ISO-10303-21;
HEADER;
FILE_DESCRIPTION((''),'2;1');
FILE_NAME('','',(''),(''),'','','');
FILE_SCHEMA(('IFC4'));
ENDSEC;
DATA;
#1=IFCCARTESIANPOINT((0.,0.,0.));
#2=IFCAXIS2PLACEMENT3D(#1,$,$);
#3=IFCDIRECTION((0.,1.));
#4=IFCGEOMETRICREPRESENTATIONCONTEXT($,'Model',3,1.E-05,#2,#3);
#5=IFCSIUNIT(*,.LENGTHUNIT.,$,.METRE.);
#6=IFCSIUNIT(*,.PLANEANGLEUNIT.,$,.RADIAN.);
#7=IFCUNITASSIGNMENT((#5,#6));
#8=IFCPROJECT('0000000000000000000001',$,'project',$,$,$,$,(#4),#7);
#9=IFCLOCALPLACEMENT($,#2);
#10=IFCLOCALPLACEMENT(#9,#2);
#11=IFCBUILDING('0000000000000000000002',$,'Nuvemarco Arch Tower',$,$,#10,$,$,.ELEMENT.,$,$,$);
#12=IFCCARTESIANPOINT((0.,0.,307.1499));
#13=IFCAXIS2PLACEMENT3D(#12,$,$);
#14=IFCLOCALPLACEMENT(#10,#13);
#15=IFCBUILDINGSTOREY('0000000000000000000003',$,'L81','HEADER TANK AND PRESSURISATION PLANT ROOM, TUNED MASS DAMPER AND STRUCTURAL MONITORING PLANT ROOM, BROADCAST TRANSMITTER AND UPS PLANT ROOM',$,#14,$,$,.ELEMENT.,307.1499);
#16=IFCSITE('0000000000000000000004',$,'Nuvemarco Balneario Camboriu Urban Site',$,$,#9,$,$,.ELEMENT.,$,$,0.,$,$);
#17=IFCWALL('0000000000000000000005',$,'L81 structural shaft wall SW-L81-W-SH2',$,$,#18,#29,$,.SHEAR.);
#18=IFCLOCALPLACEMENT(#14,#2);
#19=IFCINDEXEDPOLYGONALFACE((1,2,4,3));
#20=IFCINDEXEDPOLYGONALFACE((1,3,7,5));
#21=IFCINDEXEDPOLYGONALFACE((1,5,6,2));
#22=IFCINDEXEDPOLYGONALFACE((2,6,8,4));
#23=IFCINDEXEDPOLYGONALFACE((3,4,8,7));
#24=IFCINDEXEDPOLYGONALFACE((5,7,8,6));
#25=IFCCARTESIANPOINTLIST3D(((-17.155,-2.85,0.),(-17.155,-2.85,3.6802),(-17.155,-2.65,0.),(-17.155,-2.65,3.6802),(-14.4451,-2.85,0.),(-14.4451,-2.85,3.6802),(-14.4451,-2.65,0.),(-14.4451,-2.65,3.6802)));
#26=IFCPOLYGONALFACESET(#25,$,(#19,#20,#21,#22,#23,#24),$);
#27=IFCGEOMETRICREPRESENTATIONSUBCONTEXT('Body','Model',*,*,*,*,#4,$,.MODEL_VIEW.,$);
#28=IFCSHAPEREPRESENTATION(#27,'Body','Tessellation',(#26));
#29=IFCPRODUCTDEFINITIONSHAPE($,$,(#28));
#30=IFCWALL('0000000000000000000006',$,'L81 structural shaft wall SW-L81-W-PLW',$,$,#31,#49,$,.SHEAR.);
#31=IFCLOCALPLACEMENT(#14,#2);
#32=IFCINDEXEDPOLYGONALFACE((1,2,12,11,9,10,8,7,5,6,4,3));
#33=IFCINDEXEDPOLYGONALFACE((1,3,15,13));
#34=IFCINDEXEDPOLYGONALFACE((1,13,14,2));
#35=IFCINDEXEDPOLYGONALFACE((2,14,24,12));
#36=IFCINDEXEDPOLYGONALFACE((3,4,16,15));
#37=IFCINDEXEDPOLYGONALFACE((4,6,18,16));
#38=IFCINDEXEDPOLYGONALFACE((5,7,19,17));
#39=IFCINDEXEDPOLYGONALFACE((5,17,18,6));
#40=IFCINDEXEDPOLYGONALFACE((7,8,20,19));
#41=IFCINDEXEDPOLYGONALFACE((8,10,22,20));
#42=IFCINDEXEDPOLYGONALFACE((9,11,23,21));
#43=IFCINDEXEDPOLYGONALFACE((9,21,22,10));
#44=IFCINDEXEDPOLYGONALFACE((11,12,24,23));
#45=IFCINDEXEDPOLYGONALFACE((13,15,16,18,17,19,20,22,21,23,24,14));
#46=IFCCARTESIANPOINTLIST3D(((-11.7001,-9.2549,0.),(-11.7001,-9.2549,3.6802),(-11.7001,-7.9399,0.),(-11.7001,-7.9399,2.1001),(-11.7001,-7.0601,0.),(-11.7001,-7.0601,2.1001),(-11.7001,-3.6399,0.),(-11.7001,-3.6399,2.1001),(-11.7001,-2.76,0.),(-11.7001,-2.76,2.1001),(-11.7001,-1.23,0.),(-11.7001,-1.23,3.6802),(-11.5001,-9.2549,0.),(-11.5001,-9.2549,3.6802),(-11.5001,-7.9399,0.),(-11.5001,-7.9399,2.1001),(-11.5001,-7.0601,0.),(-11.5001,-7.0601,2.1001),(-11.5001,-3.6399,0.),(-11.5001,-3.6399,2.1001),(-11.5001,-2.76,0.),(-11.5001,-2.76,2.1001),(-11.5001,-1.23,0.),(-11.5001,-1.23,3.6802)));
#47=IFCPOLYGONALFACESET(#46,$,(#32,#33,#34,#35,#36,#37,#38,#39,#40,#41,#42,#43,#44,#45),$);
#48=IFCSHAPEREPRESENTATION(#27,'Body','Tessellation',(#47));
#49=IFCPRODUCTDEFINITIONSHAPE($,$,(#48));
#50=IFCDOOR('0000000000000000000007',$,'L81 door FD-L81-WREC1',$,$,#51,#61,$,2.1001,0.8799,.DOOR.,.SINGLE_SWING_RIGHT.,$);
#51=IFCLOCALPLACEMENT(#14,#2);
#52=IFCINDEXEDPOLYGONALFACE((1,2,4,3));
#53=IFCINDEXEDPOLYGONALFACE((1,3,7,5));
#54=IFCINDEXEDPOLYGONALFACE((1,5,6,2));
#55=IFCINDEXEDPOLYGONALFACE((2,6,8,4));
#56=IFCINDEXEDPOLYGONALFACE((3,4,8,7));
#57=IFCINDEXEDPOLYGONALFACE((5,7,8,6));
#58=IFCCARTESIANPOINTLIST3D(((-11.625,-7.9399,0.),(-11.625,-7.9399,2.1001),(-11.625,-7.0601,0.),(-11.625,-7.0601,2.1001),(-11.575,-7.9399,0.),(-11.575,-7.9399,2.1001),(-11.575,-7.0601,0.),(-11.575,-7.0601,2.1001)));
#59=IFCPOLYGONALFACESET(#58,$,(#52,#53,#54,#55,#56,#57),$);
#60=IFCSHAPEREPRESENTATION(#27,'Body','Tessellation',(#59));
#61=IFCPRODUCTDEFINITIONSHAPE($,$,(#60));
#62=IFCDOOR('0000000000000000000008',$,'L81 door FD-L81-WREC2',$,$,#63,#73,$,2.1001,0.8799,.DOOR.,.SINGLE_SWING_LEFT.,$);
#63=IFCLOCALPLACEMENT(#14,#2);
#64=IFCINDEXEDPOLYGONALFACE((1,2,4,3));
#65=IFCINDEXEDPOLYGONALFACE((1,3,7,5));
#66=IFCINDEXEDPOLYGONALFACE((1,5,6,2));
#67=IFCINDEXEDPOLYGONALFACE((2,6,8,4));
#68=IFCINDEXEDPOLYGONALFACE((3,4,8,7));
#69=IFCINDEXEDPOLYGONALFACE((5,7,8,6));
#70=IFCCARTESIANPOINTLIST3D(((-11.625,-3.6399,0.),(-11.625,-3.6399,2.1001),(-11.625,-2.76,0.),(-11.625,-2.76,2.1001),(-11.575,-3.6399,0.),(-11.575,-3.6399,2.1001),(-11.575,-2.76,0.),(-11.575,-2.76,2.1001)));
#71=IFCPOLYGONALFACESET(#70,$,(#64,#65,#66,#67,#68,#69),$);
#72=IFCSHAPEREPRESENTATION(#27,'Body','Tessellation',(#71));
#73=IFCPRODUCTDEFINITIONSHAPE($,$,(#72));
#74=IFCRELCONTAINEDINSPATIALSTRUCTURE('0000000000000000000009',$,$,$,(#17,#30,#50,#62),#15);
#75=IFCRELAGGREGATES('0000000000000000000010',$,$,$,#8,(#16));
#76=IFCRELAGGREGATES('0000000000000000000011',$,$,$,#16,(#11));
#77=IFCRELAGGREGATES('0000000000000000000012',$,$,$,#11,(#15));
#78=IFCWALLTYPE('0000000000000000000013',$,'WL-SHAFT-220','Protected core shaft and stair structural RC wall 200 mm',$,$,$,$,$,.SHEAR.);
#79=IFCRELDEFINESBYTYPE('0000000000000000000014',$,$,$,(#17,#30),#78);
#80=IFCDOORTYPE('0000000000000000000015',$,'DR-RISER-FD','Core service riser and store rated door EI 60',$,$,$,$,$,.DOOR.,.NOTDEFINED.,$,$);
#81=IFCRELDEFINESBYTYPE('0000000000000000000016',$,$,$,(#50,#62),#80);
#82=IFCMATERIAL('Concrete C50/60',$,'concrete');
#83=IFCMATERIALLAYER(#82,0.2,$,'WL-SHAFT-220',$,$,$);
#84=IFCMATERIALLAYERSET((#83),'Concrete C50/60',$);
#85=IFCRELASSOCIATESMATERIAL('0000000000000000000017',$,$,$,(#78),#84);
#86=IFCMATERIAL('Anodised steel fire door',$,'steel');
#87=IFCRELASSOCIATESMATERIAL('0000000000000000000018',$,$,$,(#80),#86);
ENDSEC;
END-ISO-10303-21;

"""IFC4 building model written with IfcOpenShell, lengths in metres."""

from ifc_helpers import new_model, si_unit, direction, frame, frame_2d, origin, place, context, subcontext, project, spatial, rectangle, extrude, source, transform, mapped, material, layer, layer_set, type_object, type_shapes, element, fill, save


model = new_model("IFC4")

# Units and contexts
model_context = context("Model", 3, precision=1e-05, world=origin(), true_north=direction((0.0, 1.0)))
body_context = subcontext(model_context, "Body", "Model", "MODEL_VIEW")
ifc_project = project(units=[si_unit("LENGTHUNIT", "METRE"), si_unit("PLANEANGLEUNIT", "RADIAN")], contexts=[model_context])

# Site, building, storey
site_placement = place(None, origin())
site = spatial("IfcSite", under=ifc_project, at=site_placement, Name="Nuvemarco Balneario Camboriu Urban Site", CompositionType="ELEMENT", RefElevation=0.0)
building_placement = place(site_placement, origin())
building = spatial("IfcBuilding", under=site, at=building_placement, Name="Nuvemarco Arch Tower", CompositionType="ELEMENT")
storey_placement = place(building_placement, frame((0.0, 0.0, 307.1499)))
storey = spatial("IfcBuildingStorey", under=building, at=storey_placement, Name="L81", Description="HEADER TANK AND PRESSURISATION PLANT ROOM, TUNED MASS DAMPER AND STRUCTURAL MONITORING PLANT ROOM, BROADCAST TRANSMITTER AND UPS PLANT ROOM", CompositionType="ELEMENT", Elevation=307.1499)

# Shared definitions
ifc_material_1 = material(Name="Concrete C50/60", Category="concrete")

# Shared definitions
ifc_layer_1 = layer(ifc_material_1, 0.2, Name="WL-SHAFT-220")
ifc_layer_set_1 = layer_set([ifc_layer_1], Name="Concrete C50/60")
wall_type_1 = type_object("IfcWallType", Name="WL-SHAFT-220", Description="Protected core shaft and stair structural RC wall 200 mm", PredefinedType="SHEAR", material=ifc_layer_set_1)

# Shared definitions
ifc_material_2 = material(Name="Anodised steel fire door", Category="steel")
door_type_1 = type_object("IfcDoorType", Name="DR-RISER-FD", Description="Core service riser and store rated door EI 60", OperationType="NOTDEFINED", PredefinedType="DOOR", material=ifc_material_2)
shared_shape_1 = source(origin(), body_context, "Body", "SweptSolid", [
    extrude(rectangle(XDim=0.8799, YDim=2.1001, at=frame_2d((0.4399, 1.05))), frame((0.0, 0.0249, 0.0), z_axis=(0.0, -1.0, 0.0), x_axis=(1.0, 0.0, 0.0)), (0.0, 0.0, 1.0), 0.05),
])
type_shapes(door_type_1, [shared_shape_1])

# Wall
wall_1_placement = place(storey_placement, frame((-17.155, -2.75, 0.0), z_axis=(0.0, 0.0, 1.0), x_axis=(1.0, 0.0, 0.0)))
element("IfcWall", 1, at=wall_1_placement, inside=storey, type_object=wall_type_1, Name="L81 structural shaft wall SW-L81-W-SH2", PredefinedType="SHEAR", context=body_context, shape_type="SweptSolid", body=[
    extrude(rectangle(XDim=2.71, YDim=0.2, at=frame_2d((1.355, 0.0))), origin(), (0.0, 0.0, 1.0), 3.6802),
])

# Wall, openings, doors
wall_2_placement = place(storey_placement, frame((-11.6001, -9.2549, 0.0), z_axis=(0.0, 0.0, 1.0), x_axis=(0.0, 1.0, 0.0)))
wall_2 = element("IfcWall", 2, at=wall_2_placement, inside=storey, type_object=wall_type_1, Name="L81 structural shaft wall SW-L81-W-PLW", PredefinedType="SHEAR", context=body_context, shape_type="SweptSolid", body=[
    extrude(rectangle(XDim=8.0249, YDim=0.2, at=frame_2d((4.0125, 0.0))), origin(), (0.0, 0.0, 1.0), 3.6802),
])
opening_1_placement = place(wall_2_placement, frame((1.3149, 0.0, 0.0)))
opening_1 = element("IfcOpeningElement", 3, at=opening_1_placement, cuts=wall_2, PredefinedType="OPENING", context=body_context, shape_type="SweptSolid", body=[
    extrude(rectangle(XDim=0.8799, YDim=2.1001, at=frame_2d((0.4399, 1.05))), frame((0.0, 0.1099, 0.0), z_axis=(0.0, -1.0, 0.0), x_axis=(1.0, 0.0, 0.0)), (0.0, 0.0, 1.0), 0.22),
])
opening_2_placement = place(wall_2_placement, frame((5.615, 0.0, 0.0)))
opening_2 = element("IfcOpeningElement", 4, at=opening_2_placement, cuts=wall_2, PredefinedType="OPENING", context=body_context, shape_type="SweptSolid", body=[
    extrude(rectangle(XDim=0.8799, YDim=2.1001, at=frame_2d((0.4399, 1.05))), frame((0.0, 0.1099, 0.0), z_axis=(0.0, -1.0, 0.0), x_axis=(1.0, 0.0, 0.0)), (0.0, 0.0, 1.0), 0.22),
])
door_1_placement = place(opening_1_placement, origin())
door_1 = element("IfcDoor", 5, at=door_1_placement, inside=storey, type_object=door_type_1, Name="L81 door FD-L81-WREC1", OperationType="SINGLE_SWING_RIGHT", OverallHeight=2.1001, OverallWidth=0.8799, PredefinedType="DOOR", context=body_context, shape_type="MappedRepresentation", body=[
    mapped(shared_shape_1, transform((0.0, 0.0, 0.0), scale=1.0)),
])
fill(opening_1, door_1)
door_2_placement = place(opening_2_placement, origin())
door_2 = element("IfcDoor", 6, at=door_2_placement, inside=storey, type_object=door_type_1, Name="L81 door FD-L81-WREC2", OperationType="SINGLE_SWING_LEFT", OverallHeight=2.1001, OverallWidth=0.8799, PredefinedType="DOOR", context=body_context, shape_type="MappedRepresentation", body=[
    mapped(shared_shape_1, transform((0.0, 0.0, 0.0), scale=1.0)),
])
fill(opening_2, door_2)

save(model, "model.ifc")
